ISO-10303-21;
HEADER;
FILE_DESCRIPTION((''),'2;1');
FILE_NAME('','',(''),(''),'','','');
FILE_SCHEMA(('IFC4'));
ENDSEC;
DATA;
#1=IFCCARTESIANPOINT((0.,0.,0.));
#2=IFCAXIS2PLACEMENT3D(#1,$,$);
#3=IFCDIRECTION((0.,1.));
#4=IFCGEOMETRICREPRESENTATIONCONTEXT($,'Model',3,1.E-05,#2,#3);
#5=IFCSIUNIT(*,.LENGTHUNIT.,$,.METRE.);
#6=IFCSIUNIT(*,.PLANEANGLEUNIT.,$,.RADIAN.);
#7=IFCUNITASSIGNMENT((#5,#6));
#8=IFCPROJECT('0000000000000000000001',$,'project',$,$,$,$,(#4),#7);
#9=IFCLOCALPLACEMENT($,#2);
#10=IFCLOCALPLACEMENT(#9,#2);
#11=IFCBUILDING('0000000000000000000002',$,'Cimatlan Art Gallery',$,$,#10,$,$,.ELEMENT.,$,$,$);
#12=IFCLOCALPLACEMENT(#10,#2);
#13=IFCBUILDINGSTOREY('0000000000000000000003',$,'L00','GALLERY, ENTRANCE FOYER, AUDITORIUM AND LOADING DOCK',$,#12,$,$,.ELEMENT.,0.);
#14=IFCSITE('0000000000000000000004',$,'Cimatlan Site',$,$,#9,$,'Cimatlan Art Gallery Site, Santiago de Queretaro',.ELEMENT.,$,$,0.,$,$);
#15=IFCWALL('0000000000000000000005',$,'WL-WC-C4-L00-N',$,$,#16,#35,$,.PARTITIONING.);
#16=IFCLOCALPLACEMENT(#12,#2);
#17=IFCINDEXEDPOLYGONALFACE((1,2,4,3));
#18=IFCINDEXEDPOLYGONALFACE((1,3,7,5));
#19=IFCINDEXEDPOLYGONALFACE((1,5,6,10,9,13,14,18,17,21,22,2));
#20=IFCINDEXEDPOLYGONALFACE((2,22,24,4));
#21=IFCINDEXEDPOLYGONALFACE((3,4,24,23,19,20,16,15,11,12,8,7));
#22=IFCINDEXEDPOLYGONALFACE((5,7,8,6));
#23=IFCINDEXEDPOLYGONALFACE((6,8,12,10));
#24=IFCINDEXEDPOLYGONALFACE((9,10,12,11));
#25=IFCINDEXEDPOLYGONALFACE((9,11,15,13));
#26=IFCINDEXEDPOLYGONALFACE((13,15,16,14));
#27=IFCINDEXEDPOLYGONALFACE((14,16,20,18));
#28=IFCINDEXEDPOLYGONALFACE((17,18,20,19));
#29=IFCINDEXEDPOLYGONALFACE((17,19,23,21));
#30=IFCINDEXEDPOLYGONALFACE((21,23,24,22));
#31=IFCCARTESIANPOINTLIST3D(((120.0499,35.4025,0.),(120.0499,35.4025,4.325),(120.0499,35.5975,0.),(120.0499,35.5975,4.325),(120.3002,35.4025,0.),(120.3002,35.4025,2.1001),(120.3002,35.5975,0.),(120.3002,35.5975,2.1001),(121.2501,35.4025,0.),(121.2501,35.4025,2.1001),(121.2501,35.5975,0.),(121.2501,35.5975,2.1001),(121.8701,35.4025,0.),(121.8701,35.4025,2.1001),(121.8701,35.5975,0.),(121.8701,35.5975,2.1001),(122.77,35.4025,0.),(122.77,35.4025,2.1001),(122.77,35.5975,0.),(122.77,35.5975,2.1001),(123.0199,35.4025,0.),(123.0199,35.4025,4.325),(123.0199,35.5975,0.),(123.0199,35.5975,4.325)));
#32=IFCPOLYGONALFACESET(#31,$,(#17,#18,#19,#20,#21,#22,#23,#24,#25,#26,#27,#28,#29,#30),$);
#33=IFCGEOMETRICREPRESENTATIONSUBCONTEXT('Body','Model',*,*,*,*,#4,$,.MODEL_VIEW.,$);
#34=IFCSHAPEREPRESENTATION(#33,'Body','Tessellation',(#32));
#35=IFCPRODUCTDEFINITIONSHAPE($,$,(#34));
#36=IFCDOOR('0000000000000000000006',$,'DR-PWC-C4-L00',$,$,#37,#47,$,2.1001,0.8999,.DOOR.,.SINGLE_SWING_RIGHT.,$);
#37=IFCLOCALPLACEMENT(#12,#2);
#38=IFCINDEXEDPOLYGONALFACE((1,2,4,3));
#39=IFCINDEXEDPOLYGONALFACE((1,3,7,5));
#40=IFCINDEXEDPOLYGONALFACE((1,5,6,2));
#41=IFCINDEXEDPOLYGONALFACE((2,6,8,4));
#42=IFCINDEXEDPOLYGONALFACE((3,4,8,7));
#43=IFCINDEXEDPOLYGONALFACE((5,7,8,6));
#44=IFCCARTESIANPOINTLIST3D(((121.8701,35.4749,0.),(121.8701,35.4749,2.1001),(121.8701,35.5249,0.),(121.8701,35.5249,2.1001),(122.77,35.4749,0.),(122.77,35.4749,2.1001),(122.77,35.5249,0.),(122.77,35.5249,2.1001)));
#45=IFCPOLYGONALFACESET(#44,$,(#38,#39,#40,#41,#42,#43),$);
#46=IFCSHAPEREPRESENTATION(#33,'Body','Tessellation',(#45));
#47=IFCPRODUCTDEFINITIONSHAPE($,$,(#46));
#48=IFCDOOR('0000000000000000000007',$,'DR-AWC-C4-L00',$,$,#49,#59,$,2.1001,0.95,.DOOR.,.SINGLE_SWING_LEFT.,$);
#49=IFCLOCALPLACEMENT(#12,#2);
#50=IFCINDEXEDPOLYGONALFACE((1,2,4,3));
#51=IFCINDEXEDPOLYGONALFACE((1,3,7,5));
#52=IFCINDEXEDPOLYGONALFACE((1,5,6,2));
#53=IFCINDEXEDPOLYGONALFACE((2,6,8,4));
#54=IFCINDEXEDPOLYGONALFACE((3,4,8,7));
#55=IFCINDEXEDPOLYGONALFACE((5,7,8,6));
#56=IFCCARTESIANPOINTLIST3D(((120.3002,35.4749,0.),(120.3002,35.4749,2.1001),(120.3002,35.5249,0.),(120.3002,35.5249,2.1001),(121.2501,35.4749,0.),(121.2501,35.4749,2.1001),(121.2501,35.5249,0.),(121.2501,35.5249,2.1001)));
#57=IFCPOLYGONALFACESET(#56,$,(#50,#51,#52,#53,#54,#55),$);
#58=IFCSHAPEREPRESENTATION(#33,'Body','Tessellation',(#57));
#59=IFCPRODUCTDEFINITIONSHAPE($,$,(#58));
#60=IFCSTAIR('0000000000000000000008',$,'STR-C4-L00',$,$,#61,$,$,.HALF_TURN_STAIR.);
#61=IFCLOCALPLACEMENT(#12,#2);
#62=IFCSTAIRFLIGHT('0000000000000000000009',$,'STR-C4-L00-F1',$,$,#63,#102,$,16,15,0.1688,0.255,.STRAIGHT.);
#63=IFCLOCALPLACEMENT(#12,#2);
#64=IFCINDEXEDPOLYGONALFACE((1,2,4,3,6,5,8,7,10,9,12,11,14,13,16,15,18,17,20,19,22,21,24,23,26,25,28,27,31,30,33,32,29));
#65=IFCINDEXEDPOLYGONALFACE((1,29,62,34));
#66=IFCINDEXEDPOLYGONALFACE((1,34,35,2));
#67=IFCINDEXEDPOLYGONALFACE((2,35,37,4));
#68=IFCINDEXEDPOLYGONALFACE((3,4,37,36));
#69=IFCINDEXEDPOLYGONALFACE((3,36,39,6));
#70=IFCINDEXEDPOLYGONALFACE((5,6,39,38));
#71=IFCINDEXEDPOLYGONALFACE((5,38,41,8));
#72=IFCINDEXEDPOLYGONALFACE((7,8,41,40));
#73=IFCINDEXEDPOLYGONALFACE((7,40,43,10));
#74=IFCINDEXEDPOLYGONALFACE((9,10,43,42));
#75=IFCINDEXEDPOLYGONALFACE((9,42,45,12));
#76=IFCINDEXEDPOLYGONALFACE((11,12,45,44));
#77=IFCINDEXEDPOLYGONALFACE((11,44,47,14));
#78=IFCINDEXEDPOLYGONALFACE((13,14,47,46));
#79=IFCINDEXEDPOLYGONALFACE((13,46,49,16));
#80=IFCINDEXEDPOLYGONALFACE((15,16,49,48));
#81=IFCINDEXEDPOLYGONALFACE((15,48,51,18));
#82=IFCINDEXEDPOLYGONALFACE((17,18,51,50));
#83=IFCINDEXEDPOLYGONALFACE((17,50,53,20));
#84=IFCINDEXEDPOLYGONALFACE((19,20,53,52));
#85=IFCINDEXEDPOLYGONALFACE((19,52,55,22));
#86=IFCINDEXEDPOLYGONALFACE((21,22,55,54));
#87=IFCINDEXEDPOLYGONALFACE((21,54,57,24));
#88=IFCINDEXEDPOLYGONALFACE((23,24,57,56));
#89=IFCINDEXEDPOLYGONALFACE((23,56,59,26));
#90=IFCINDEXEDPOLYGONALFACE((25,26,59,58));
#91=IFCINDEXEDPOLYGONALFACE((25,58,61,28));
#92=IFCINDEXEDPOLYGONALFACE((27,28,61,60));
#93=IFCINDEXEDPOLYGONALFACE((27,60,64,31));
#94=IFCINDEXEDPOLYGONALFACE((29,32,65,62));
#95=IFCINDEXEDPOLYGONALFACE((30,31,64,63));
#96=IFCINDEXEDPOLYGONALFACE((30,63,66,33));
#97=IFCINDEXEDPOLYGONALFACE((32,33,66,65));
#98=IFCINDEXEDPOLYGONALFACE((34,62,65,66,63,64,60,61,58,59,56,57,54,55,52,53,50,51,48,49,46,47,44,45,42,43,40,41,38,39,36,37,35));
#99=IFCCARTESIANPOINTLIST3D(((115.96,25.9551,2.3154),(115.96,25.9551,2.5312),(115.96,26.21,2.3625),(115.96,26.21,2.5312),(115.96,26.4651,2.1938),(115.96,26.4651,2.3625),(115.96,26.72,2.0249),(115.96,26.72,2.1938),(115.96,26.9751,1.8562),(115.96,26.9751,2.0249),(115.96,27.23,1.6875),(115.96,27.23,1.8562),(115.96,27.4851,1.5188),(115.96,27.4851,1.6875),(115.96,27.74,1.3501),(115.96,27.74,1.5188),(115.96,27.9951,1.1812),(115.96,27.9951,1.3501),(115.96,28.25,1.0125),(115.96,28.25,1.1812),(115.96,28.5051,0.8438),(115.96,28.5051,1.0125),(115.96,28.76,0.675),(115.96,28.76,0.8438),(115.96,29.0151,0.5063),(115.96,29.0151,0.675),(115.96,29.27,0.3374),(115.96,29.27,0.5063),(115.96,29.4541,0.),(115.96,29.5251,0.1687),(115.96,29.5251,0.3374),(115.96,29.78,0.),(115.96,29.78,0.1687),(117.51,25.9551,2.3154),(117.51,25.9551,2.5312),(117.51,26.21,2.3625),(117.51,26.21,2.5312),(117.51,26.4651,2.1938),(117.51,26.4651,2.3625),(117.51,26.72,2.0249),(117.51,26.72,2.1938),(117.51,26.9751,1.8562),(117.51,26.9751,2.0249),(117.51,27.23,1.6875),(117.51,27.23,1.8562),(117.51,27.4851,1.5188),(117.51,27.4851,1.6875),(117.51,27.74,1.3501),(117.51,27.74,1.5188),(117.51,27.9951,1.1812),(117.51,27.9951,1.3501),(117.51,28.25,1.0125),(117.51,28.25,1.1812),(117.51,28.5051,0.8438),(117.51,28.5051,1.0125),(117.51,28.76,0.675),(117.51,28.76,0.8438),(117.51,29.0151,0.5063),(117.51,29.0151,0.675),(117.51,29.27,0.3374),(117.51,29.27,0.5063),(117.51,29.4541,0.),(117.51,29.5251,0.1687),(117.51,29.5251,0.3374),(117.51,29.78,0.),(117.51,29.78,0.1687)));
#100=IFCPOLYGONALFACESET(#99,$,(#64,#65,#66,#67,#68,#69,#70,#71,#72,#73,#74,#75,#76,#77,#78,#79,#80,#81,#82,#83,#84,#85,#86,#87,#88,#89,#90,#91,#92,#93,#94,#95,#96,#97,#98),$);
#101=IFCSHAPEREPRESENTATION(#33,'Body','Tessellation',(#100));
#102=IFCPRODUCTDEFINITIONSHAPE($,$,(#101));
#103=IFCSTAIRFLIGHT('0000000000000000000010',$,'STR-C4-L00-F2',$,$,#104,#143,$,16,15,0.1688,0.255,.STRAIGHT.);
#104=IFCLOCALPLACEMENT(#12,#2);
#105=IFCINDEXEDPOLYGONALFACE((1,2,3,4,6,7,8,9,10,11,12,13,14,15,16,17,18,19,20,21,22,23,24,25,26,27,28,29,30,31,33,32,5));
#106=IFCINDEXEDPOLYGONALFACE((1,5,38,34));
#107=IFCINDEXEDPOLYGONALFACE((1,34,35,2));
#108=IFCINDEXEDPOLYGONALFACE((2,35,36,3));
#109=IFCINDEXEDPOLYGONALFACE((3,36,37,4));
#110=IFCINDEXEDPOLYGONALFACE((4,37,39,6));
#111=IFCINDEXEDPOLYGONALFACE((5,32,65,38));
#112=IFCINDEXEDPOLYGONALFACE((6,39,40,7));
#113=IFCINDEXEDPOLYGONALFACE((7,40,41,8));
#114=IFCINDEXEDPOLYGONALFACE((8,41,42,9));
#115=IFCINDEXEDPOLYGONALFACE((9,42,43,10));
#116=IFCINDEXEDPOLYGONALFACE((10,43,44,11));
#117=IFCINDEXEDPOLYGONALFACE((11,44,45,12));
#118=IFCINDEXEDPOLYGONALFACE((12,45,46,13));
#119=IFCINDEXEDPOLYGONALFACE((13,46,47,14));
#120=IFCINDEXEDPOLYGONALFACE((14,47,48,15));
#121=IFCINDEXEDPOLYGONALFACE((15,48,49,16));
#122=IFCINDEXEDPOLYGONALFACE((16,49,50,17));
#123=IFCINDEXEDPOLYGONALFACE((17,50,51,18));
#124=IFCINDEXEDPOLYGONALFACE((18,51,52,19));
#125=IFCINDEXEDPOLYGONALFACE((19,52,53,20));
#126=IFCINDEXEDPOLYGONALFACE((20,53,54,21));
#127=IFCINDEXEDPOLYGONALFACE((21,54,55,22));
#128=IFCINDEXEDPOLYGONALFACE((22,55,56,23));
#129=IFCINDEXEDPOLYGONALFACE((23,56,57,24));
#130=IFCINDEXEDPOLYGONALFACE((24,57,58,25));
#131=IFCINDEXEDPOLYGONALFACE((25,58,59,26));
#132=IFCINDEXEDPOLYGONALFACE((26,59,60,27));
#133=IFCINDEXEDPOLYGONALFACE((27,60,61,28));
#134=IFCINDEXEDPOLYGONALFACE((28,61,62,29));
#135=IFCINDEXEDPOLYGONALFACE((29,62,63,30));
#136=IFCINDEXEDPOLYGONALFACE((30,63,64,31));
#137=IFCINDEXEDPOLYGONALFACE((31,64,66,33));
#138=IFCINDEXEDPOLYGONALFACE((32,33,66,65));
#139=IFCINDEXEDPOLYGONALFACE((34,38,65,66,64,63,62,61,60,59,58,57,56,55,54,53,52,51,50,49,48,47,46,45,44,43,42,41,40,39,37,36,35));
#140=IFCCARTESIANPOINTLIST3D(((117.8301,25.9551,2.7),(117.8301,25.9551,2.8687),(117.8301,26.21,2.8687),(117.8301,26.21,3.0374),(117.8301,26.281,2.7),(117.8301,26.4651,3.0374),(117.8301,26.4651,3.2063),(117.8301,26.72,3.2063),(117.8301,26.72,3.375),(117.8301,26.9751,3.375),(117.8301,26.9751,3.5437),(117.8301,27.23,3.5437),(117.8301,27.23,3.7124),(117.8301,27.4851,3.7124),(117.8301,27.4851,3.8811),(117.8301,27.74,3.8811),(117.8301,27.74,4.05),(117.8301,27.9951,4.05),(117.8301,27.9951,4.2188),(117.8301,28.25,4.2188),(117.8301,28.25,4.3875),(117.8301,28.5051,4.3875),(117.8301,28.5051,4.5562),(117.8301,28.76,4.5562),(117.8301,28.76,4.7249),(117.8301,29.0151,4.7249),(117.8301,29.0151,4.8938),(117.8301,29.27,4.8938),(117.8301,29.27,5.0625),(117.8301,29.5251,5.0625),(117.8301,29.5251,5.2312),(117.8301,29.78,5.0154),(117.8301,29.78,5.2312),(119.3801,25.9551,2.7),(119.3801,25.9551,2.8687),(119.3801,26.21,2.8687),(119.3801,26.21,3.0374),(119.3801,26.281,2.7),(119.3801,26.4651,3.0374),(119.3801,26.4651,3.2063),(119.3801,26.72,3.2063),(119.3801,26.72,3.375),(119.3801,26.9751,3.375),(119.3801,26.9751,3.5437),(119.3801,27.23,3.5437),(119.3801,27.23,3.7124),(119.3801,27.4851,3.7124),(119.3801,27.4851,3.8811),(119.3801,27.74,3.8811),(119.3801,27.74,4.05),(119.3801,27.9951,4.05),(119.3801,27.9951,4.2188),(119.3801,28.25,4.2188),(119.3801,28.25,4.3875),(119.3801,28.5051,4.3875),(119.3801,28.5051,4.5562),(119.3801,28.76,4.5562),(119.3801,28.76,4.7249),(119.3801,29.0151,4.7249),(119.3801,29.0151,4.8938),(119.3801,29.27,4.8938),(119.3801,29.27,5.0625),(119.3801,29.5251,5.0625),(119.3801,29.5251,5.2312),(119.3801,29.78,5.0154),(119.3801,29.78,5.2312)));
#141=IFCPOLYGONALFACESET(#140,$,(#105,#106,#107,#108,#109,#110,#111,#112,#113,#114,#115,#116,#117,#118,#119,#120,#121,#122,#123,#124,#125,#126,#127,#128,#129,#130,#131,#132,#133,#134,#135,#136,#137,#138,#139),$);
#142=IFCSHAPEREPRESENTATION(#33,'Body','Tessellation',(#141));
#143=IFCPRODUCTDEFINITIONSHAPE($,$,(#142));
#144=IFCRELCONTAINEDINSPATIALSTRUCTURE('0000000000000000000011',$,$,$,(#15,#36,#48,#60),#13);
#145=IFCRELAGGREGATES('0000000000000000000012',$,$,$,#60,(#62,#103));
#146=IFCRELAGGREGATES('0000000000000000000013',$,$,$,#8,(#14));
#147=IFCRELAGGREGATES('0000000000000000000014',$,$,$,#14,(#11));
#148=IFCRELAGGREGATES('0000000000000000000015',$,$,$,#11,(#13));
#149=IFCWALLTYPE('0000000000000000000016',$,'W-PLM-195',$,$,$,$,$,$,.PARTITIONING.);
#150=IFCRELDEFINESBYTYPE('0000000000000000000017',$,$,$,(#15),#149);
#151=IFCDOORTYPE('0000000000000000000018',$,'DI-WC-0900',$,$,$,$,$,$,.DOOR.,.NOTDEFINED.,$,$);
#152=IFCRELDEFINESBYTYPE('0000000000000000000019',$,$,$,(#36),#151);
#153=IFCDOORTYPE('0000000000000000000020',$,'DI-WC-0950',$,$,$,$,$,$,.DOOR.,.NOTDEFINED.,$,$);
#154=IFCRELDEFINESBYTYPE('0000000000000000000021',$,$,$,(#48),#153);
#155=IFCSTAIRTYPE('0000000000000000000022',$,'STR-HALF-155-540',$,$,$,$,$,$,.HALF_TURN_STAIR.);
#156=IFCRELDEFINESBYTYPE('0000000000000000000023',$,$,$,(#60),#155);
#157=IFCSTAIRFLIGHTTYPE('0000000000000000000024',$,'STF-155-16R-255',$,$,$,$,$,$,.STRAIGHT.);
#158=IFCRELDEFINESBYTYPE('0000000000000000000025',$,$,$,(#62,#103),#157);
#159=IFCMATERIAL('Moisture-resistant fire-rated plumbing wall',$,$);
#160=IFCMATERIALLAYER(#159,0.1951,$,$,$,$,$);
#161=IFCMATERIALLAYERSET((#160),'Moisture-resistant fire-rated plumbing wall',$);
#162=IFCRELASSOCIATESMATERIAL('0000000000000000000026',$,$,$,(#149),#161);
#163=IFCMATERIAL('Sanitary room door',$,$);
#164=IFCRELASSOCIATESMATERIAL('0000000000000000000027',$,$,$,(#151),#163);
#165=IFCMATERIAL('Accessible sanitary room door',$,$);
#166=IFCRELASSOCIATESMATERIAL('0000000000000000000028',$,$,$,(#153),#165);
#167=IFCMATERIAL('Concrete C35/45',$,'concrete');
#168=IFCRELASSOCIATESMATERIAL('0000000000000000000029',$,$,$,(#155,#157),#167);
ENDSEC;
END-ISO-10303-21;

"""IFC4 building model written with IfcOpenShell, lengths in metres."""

from ifc_helpers import new_model, si_unit, direction, frame, frame_2d, origin, place, context, subcontext, project, spatial, polyline, rectangle, outline, extrude, material, layer, layer_set, type_object, element, fill, aggregate, save


model = new_model("IFC4")

# Units and contexts
model_context = context("Model", 3, precision=1e-05, world=origin(), true_north=direction((0.0, 1.0)))
body_context = subcontext(model_context, "Body", "Model", "MODEL_VIEW")
ifc_project = project(units=[si_unit("LENGTHUNIT", "METRE"), si_unit("PLANEANGLEUNIT", "RADIAN")], contexts=[model_context])

# Site, building, storey
site_placement = place(None, origin())
site = spatial("IfcSite", under=ifc_project, at=site_placement, Name="Cimatlan Site", LongName="Cimatlan Art Gallery Site, Santiago de Queretaro", CompositionType="ELEMENT", RefElevation=0.0)
building_placement = place(site_placement, origin())
building = spatial("IfcBuilding", under=site, at=building_placement, Name="Cimatlan Art Gallery", CompositionType="ELEMENT")
storey_placement = place(building_placement, origin())
storey = spatial("IfcBuildingStorey", under=building, at=storey_placement, Name="L00", Description="GALLERY, ENTRANCE FOYER, AUDITORIUM AND LOADING DOCK", CompositionType="ELEMENT", Elevation=0.0)

# Shared definitions
ifc_material_1 = material(Name="Moisture-resistant fire-rated plumbing wall")
ifc_layer_1 = layer(ifc_material_1, 0.1951)
ifc_layer_set_1 = layer_set([ifc_layer_1], Name="Moisture-resistant fire-rated plumbing wall")
wall_type_1 = type_object("IfcWallType", Name="W-PLM-195", PredefinedType="PARTITIONING", material=ifc_layer_set_1)

# Wall, openings, doors
wall_1_placement = place(storey_placement, frame((120.05, 35.5, 0.0), z_axis=(0.0, 0.0, 1.0), x_axis=(1.0, 0.0, 0.0)))
wall_1 = element("IfcWall", 1, at=wall_1_placement, inside=storey, type_object=wall_type_1, Name="WL-WC-C4-L00-N", PredefinedType="PARTITIONING", context=body_context, shape_type="SweptSolid", body=[
    extrude(rectangle(XDim=2.97, YDim=0.1951, at=frame_2d((1.4849, 0.0))), origin(), (0.0, 0.0, 1.0), 4.325),
])
opening_1_placement = place(wall_1_placement, frame((0.25, 0.0, 0.0)))
opening_1 = element("IfcOpeningElement", 2, at=opening_1_placement, cuts=wall_1, PredefinedType="OPENING", context=body_context, shape_type="SweptSolid", body=[
    extrude(rectangle(XDim=0.95, YDim=2.1001, at=frame_2d((0.4751, 1.05))), frame((0.0, 0.1074, 0.0), z_axis=(0.0, -1.0, 0.0), x_axis=(1.0, 0.0, 0.0)), (0.0, 0.0, 1.0), 0.2151),
])
opening_2_placement = place(wall_1_placement, frame((1.8201, 0.0, 0.0)))
opening_2 = element("IfcOpeningElement", 3, at=opening_2_placement, cuts=wall_1, PredefinedType="OPENING", context=body_context, shape_type="SweptSolid", body=[
    extrude(rectangle(XDim=0.8999, YDim=2.1001, at=frame_2d((0.45, 1.05))), frame((0.0, 0.1074, 0.0), z_axis=(0.0, -1.0, 0.0), x_axis=(1.0, 0.0, 0.0)), (0.0, 0.0, 1.0), 0.2151),
])
ifc_material_2 = material(Name="Sanitary room door")
door_type_1 = type_object("IfcDoorType", Name="DI-WC-0900", OperationType="NOTDEFINED", PredefinedType="DOOR", material=ifc_material_2)
door_1_placement = place(opening_2_placement, origin())
door_1 = element("IfcDoor", 4, at=door_1_placement, inside=storey, type_object=door_type_1, Name="DR-PWC-C4-L00", OperationType="SINGLE_SWING_RIGHT", OverallHeight=2.1001, OverallWidth=0.8999, PredefinedType="DOOR", context=body_context, shape_type="SweptSolid", body=[
    extrude(rectangle(XDim=0.8999, YDim=2.1001, at=frame_2d((0.45, 1.05))), frame((0.0, 0.0249, 0.0), z_axis=(0.0, -1.0, 0.0), x_axis=(1.0, 0.0, 0.0)), (0.0, 0.0, 1.0), 0.05),
])
fill(opening_2, door_1)
ifc_material_3 = material(Name="Accessible sanitary room door")
door_type_2 = type_object("IfcDoorType", Name="DI-WC-0950", OperationType="NOTDEFINED", PredefinedType="DOOR", material=ifc_material_3)
door_2_placement = place(opening_1_placement, origin())
door_2 = element("IfcDoor", 5, at=door_2_placement, inside=storey, type_object=door_type_2, Name="DR-AWC-C4-L00", OperationType="SINGLE_SWING_LEFT", OverallHeight=2.1001, OverallWidth=0.95, PredefinedType="DOOR", context=body_context, shape_type="SweptSolid", body=[
    extrude(rectangle(XDim=0.95, YDim=2.1001, at=frame_2d((0.4751, 1.05))), frame((0.0, 0.0249, 0.0), z_axis=(0.0, -1.0, 0.0), x_axis=(1.0, 0.0, 0.0)), (0.0, 0.0, 1.0), 0.05),
])
fill(opening_1, door_2)

# Stair, stair flights
ifc_material_4 = material(Name="Concrete C35/45", Category="concrete")
stair_type = type_object("IfcStairType", Name="STR-HALF-155-540", PredefinedType="HALF_TURN_STAIR", material=ifc_material_4)
stair_placement = place(storey_placement, origin())
stair = element("IfcStair", 6, at=stair_placement, inside=storey, type_object=stair_type, Name="STR-C4-L00", PredefinedType="HALF_TURN_STAIR")
stair_flight_type = type_object("IfcStairFlightType", Name="STF-155-16R-255", PredefinedType="STRAIGHT", material=ifc_material_4)
stair_flight_1_placement = place(storey_placement, frame((116.7351, 29.78, 0.0), z_axis=(0.0, 0.0, 1.0), x_axis=(0.0, -1.0, 0.0)))
stair_flight_1 = element("IfcStairFlight", 7, at=stair_flight_1_placement, type_object=stair_flight_type, Name="STR-C4-L00-F1", NumberOfRisers=16, NumberOfTreads=15, PredefinedType="STRAIGHT", RiserHeight=0.1688, TreadLength=0.255, context=body_context, shape_type="SweptSolid", body=[
    extrude(outline(polyline([(0.0, 0.0), (0.0, 0.1687), (0.2549, 0.1687), (0.2549, 0.3374), (0.51, 0.3374), (0.51, 0.5063), (0.7649, 0.5063), (0.7649, 0.675), (1.02, 0.675), (1.02, 0.8438), (1.2749, 0.8438), (1.2749, 1.0125), (1.53, 1.0125), (1.53, 1.1812), (1.7849, 1.1812), (1.7849, 1.3501), (2.04, 1.3501), (2.04, 1.5188), (2.2949, 1.5188), (2.2949, 1.6875), (2.55, 1.6875), (2.55, 1.8562), (2.8049, 1.8562), (2.8049, 2.0249), (3.0601, 2.0249), (3.0601, 2.1938), (3.3149, 2.1938), (3.3149, 2.3625), (3.5701, 2.3625), (3.5701, 2.5312), (3.825, 2.5312), (3.825, 2.7), (3.825, 2.3154), (0.3259, 0.0), (0.0, 0.0)])), frame((0.0, 0.7749, 0.0), z_axis=(0.0, -1.0, 0.0), x_axis=(1.0, 0.0, 0.0)), (0.0, 0.0, 1.0), 1.55),
])
stair_flight_2_placement = place(storey_placement, frame((118.605, 25.9551, 2.7), z_axis=(0.0, 0.0, 1.0), x_axis=(0.0, 1.0, 0.0)))
stair_flight_2 = element("IfcStairFlight", 8, at=stair_flight_2_placement, type_object=stair_flight_type, Name="STR-C4-L00-F2", NumberOfRisers=16, NumberOfTreads=15, PredefinedType="STRAIGHT", RiserHeight=0.1688, TreadLength=0.255, context=body_context, shape_type="SweptSolid", body=[
    extrude(outline(polyline([(0.0, 0.0), (0.0, 0.1687), (0.2549, 0.1687), (0.2549, 0.3374), (0.51, 0.3374), (0.51, 0.5063), (0.7649, 0.5063), (0.7649, 0.675), (1.02, 0.675), (1.02, 0.8438), (1.2749, 0.8438), (1.2749, 1.0125), (1.53, 1.0125), (1.53, 1.1812), (1.7849, 1.1812), (1.7849, 1.3501), (2.04, 1.3501), (2.04, 1.5188), (2.2949, 1.5188), (2.2949, 1.6875), (2.55, 1.6875), (2.55, 1.8562), (2.8049, 1.8562), (2.8049, 2.0249), (3.0601, 2.0249), (3.0601, 2.1938), (3.3149, 2.1938), (3.3149, 2.3625), (3.5701, 2.3625), (3.5701, 2.5312), (3.825, 2.5312), (3.825, 2.7), (3.825, 2.3154), (0.3259, 0.0), (0.0, 0.0)])), frame((0.0, 0.7749, 0.0), z_axis=(0.0, -1.0, 0.0), x_axis=(1.0, 0.0, 0.0)), (0.0, 0.0, 1.0), 1.55),
])
aggregate(stair, [stair_flight_1, stair_flight_2])

save(model, "model.ifc")
